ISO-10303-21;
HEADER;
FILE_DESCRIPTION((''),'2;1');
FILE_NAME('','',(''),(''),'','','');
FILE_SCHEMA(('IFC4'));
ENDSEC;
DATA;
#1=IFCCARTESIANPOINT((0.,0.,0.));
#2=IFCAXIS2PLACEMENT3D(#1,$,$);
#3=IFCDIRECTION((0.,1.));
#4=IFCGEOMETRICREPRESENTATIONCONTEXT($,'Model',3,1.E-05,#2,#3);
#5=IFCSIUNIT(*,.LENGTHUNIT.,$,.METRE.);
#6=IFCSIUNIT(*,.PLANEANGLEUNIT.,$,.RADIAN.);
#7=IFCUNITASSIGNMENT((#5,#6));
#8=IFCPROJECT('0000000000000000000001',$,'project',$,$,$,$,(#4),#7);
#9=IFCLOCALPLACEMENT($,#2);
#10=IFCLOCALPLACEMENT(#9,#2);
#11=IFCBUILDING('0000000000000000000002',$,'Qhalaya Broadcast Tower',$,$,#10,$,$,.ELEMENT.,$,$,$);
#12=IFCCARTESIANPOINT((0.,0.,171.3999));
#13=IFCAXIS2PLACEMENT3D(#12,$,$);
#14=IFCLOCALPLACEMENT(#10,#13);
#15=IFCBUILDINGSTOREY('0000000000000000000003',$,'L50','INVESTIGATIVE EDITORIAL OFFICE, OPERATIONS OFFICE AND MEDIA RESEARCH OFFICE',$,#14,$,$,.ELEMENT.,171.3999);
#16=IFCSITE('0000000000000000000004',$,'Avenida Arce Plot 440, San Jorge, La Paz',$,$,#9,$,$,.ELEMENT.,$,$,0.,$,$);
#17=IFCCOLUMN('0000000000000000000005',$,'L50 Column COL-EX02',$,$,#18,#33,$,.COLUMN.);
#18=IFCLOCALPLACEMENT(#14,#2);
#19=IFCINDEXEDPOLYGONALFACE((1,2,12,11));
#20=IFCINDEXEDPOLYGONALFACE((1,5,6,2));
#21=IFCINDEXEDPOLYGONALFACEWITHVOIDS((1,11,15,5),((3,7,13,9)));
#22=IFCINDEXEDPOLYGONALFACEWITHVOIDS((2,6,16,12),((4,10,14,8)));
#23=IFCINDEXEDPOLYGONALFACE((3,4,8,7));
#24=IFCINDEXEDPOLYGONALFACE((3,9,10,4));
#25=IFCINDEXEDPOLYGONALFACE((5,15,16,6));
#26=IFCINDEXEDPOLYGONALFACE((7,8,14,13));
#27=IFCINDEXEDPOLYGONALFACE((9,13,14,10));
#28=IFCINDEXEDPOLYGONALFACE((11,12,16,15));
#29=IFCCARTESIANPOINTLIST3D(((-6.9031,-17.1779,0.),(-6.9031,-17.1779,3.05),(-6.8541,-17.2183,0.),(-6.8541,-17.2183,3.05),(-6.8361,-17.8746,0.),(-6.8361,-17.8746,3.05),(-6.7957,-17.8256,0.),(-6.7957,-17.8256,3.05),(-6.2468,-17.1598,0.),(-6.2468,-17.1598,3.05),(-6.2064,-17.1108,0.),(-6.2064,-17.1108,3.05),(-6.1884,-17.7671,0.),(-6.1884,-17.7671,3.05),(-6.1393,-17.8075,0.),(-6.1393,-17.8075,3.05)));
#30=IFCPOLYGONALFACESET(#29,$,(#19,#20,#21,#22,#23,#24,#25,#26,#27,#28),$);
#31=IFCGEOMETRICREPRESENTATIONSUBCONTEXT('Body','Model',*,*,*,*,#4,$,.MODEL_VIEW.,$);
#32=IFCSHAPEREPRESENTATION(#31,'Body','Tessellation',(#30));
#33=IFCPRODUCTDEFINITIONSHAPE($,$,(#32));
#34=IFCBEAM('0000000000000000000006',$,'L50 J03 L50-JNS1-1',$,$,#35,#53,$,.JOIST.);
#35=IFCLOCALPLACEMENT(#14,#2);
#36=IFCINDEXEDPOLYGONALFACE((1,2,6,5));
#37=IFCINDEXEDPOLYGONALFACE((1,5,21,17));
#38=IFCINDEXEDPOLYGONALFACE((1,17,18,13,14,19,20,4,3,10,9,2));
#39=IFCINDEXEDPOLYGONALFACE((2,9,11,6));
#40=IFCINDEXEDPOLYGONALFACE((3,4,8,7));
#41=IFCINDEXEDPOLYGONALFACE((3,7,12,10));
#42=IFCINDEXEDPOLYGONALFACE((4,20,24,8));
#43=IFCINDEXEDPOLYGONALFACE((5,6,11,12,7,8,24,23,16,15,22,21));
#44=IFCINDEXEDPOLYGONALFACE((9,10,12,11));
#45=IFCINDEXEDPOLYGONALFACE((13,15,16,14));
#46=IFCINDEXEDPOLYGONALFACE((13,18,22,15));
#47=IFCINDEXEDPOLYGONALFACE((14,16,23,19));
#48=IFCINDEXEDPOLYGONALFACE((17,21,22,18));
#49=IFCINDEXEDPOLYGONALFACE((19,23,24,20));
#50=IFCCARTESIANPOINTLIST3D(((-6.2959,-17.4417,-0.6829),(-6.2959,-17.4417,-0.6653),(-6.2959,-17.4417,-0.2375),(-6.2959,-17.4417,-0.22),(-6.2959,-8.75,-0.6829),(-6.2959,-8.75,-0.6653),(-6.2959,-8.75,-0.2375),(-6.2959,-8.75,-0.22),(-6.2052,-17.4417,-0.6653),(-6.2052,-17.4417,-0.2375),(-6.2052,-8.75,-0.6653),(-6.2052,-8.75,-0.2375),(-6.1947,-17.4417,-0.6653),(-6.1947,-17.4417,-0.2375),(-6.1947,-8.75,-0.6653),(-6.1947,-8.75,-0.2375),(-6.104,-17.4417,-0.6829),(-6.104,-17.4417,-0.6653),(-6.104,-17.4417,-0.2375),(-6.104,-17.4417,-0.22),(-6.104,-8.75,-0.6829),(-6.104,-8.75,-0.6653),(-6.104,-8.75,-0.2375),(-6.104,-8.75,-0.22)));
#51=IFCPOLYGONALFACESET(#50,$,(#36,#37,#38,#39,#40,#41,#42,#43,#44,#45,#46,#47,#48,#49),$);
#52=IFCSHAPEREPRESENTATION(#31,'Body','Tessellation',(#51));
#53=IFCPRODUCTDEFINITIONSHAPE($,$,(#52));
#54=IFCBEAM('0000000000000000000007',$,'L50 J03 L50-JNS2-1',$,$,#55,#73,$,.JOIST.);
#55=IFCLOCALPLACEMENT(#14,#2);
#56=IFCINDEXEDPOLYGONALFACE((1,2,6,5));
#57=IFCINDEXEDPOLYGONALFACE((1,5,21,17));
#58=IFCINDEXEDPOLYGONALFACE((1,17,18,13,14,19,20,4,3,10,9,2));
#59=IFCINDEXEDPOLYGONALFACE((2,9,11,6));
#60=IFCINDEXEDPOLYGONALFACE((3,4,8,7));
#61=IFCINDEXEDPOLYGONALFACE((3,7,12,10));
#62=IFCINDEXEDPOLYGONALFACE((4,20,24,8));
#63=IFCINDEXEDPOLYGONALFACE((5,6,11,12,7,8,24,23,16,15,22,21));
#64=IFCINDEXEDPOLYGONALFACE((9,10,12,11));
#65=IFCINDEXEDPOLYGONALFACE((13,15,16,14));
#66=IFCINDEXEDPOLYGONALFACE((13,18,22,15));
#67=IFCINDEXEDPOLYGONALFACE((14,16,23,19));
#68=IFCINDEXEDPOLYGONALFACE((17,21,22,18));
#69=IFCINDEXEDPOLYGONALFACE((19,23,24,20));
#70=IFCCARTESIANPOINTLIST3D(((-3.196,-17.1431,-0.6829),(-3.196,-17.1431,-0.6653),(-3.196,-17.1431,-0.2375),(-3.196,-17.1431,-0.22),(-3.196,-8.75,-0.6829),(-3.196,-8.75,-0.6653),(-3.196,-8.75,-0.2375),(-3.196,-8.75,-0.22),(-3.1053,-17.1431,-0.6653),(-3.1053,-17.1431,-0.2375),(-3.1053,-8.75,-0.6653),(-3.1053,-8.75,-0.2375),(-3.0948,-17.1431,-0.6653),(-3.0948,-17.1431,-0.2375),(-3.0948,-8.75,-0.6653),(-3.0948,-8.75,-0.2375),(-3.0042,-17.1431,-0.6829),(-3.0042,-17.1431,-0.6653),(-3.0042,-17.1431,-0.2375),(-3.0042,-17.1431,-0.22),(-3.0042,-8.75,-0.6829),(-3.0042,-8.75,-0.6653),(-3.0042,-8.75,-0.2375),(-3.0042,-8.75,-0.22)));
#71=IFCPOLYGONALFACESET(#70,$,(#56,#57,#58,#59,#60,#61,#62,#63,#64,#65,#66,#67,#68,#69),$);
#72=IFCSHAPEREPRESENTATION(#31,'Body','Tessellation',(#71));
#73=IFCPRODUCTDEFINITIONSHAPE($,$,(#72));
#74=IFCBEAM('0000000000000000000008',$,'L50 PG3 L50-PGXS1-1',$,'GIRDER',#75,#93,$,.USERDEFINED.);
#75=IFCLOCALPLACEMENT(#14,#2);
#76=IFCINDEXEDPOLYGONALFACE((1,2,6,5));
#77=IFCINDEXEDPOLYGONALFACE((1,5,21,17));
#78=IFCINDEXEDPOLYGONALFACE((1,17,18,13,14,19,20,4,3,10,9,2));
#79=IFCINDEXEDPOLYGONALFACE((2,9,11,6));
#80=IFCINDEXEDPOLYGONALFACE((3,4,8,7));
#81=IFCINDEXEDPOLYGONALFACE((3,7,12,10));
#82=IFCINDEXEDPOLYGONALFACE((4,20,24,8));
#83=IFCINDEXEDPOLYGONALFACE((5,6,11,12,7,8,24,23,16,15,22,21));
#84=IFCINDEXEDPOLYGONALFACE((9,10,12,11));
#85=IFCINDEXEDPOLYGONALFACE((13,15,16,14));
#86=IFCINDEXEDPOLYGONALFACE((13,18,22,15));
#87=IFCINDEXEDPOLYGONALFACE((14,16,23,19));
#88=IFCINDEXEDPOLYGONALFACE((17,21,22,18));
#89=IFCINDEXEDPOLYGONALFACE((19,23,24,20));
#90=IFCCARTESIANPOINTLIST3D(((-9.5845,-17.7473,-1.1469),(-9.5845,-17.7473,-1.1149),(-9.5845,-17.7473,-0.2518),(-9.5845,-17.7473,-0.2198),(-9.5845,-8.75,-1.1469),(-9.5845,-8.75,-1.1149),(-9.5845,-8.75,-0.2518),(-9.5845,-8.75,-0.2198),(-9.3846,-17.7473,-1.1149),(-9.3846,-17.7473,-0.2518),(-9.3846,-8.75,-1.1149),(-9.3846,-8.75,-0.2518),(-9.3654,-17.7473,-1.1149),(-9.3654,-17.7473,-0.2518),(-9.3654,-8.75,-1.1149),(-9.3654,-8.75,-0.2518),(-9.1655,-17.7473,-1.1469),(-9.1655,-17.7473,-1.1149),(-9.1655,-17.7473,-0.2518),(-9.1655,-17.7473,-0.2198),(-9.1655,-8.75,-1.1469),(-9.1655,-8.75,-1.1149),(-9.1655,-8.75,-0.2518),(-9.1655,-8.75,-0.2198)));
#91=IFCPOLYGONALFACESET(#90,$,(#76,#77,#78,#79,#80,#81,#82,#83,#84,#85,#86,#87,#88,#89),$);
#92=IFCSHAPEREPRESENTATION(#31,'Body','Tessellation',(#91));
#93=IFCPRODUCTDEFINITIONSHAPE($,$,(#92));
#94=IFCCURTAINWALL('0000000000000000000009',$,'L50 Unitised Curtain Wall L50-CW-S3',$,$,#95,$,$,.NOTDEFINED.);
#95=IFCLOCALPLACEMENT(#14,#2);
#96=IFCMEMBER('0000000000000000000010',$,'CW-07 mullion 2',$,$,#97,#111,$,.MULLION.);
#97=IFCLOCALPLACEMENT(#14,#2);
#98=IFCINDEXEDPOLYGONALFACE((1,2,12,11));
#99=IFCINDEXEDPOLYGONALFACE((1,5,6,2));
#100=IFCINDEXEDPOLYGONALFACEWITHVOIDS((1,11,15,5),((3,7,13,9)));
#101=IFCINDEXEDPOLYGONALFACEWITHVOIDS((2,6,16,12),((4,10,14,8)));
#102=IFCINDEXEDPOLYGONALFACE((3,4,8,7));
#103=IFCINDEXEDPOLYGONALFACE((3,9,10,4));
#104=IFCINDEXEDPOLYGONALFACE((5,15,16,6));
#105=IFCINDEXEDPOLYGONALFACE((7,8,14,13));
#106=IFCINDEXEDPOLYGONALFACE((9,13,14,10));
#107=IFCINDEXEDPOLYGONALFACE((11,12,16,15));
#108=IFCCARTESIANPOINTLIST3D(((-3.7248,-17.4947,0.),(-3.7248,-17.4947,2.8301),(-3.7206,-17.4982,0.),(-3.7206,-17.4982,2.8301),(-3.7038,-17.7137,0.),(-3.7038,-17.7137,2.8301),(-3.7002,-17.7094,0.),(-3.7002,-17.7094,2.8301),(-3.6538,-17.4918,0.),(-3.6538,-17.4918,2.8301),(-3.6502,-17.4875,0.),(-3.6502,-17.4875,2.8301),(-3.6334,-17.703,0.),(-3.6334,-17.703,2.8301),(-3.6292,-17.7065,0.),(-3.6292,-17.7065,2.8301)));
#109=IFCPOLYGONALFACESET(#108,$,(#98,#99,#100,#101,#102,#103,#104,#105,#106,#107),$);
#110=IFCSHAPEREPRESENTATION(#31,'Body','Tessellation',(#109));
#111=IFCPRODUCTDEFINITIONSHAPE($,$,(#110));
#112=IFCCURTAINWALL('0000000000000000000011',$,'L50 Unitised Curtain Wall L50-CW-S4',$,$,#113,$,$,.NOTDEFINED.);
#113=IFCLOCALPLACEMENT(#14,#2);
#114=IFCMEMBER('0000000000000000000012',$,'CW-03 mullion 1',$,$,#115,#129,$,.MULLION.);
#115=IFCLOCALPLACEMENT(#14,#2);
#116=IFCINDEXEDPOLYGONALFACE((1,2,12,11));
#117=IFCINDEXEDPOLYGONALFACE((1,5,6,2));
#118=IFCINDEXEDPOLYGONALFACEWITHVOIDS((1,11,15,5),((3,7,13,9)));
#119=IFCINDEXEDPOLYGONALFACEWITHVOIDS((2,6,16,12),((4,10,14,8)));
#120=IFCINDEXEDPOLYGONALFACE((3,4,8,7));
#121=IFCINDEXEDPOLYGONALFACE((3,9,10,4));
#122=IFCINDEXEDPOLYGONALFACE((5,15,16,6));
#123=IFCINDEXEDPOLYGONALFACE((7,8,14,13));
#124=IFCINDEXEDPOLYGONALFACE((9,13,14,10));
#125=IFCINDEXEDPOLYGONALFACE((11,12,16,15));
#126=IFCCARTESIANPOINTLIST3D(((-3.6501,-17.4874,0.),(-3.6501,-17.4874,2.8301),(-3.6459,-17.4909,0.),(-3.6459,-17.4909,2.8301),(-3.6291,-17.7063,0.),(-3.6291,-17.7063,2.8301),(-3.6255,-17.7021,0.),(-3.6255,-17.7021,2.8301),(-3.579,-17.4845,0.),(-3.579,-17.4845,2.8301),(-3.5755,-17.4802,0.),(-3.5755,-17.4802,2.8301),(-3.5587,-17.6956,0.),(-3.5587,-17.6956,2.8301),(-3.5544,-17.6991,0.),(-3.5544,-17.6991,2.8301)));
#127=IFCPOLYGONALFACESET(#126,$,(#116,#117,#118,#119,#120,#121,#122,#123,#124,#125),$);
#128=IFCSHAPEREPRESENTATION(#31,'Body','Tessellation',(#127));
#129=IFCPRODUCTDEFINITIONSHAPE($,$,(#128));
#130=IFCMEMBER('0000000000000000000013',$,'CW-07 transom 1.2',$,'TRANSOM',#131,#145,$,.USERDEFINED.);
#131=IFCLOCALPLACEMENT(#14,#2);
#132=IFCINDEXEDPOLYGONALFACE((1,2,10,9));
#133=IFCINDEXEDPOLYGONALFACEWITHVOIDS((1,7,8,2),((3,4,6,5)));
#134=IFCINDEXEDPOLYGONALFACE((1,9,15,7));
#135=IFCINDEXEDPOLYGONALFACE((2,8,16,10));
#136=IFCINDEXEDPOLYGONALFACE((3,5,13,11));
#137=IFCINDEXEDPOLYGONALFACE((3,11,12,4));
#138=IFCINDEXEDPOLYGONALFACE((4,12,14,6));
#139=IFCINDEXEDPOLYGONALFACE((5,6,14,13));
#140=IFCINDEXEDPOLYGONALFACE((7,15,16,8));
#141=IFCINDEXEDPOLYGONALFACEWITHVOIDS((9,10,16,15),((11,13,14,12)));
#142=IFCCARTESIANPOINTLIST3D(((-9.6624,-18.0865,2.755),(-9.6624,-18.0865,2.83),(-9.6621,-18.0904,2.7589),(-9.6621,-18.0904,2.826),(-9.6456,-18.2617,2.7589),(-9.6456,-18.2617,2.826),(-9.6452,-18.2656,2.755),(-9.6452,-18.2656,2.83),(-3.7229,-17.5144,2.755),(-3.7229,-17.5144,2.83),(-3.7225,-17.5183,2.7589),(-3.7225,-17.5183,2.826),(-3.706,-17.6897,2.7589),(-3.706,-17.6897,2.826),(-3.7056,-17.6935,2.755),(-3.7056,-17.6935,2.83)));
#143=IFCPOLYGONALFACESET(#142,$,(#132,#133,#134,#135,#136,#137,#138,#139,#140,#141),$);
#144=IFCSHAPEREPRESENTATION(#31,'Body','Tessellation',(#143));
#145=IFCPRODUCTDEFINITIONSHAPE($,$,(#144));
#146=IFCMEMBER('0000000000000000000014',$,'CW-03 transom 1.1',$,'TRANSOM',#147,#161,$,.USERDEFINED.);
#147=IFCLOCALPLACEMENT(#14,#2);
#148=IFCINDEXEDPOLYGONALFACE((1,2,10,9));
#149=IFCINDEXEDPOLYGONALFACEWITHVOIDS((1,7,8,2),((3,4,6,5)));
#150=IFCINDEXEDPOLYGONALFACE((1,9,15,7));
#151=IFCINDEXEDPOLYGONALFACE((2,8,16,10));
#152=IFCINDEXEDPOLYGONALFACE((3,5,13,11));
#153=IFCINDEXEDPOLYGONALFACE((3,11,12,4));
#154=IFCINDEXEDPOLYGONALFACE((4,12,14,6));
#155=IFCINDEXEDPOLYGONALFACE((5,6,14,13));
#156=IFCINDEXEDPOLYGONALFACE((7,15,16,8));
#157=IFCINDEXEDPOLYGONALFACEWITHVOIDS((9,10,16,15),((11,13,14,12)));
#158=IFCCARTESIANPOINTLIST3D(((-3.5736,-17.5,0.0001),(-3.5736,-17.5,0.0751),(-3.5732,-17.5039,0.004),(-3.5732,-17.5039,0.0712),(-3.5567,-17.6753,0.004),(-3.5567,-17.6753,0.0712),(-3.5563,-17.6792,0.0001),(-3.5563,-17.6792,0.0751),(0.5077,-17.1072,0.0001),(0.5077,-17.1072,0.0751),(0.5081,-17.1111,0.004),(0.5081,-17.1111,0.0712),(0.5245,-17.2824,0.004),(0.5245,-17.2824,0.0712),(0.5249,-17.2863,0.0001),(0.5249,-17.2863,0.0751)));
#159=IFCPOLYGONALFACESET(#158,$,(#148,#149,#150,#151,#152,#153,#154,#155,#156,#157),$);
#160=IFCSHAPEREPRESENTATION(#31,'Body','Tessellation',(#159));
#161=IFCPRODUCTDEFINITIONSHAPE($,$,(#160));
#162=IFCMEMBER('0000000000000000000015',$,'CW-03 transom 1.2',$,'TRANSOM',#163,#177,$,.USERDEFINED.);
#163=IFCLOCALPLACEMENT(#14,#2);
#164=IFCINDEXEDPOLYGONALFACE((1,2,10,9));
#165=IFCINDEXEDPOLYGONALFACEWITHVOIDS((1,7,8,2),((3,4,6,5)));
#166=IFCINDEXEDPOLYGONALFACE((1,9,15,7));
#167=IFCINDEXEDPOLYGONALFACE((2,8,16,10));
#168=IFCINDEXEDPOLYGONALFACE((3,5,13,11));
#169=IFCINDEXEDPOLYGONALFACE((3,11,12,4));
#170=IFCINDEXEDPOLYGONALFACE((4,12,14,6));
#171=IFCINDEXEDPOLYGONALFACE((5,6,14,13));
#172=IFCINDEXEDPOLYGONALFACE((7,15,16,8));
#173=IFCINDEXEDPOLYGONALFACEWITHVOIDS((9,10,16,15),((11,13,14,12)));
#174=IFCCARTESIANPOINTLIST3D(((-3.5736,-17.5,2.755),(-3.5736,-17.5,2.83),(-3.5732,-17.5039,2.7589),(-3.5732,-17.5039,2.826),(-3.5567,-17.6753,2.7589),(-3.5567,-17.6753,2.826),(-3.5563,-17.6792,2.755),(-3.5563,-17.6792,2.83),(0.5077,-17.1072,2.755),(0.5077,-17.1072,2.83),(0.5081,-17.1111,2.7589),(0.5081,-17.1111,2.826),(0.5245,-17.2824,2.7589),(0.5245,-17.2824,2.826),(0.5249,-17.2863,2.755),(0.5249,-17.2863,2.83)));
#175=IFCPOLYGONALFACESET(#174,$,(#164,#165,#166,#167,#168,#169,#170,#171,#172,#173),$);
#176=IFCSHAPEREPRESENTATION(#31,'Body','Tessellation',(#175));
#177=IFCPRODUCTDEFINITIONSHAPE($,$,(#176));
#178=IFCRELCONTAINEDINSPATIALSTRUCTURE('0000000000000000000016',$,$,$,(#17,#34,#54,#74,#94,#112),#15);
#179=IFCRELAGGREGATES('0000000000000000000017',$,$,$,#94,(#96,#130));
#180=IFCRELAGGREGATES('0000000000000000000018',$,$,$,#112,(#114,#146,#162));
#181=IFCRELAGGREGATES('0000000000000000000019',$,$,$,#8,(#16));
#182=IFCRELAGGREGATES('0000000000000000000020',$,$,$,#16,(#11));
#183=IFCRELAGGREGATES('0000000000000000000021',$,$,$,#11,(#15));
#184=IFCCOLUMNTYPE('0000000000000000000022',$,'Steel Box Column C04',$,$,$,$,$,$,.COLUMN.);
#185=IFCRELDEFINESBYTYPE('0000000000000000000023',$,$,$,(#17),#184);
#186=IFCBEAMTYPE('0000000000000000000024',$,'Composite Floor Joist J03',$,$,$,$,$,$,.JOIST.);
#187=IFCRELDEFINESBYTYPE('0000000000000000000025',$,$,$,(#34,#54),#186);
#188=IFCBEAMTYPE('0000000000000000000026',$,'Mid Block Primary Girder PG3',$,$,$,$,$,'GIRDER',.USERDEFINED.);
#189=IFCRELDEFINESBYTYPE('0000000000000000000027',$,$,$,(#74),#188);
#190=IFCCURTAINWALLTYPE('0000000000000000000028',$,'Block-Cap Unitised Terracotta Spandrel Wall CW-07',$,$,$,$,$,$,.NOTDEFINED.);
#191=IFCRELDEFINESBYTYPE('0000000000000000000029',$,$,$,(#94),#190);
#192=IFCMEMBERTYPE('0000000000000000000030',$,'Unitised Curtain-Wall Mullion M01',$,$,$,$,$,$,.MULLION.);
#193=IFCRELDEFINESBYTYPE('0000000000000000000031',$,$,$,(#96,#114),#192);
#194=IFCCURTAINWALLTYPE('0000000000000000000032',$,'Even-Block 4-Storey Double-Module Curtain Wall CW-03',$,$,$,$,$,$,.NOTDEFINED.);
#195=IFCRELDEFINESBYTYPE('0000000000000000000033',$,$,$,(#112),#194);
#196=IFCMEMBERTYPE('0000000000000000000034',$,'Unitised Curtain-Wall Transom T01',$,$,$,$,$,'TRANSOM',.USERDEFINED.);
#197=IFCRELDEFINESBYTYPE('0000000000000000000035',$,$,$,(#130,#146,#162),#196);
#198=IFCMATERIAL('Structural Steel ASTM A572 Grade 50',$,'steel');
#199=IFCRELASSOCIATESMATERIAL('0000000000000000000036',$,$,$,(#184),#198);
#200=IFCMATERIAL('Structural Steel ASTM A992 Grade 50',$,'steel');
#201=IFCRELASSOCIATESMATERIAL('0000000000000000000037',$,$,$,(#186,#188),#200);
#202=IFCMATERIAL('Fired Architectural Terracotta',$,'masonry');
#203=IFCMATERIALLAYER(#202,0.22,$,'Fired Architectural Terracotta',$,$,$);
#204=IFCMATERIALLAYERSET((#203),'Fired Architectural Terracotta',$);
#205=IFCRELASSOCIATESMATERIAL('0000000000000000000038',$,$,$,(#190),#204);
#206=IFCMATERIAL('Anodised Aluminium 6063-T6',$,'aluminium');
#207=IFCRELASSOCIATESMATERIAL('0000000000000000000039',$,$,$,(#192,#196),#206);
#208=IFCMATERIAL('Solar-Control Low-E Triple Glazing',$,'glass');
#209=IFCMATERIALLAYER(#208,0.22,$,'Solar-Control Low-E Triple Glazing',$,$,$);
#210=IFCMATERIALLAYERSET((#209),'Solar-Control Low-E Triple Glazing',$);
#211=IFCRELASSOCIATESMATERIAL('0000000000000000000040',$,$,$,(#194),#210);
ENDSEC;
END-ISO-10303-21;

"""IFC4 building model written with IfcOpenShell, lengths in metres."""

from ifc_helpers import new_model, si_unit, direction, frame, origin, origin_2d, place, context, subcontext, project, spatial, hollow_rectangle, i_section, extrude, material, layer, layer_set, material_profile, profile_set, type_object, element, aggregate, save


model = new_model("IFC4")

# Units and contexts
model_context = context("Model", 3, precision=1e-05, world=origin(), true_north=direction((0.0, 1.0)))
body_context = subcontext(model_context, "Body", "Model", "MODEL_VIEW")
ifc_project = project(units=[si_unit("LENGTHUNIT", "METRE"), si_unit("PLANEANGLEUNIT", "RADIAN")], contexts=[model_context])

# Site, building, storey
site_placement = place(None, origin())
site = spatial("IfcSite", under=ifc_project, at=site_placement, Name="Avenida Arce Plot 440, San Jorge, La Paz", CompositionType="ELEMENT", RefElevation=0.0)
building_placement = place(site_placement, origin())
building = spatial("IfcBuilding", under=site, at=building_placement, Name="Qhalaya Broadcast Tower", CompositionType="ELEMENT")
storey_placement = place(building_placement, frame((0.0, 0.0, 171.3999)))
storey = spatial("IfcBuildingStorey", under=building, at=storey_placement, Name="L50", Description="INVESTIGATIVE EDITORIAL OFFICE, OPERATIONS OFFICE AND MEDIA RESEARCH OFFICE", CompositionType="ELEMENT", Elevation=171.3999)

# Column
ifc_material_1 = material(Name="Structural Steel ASTM A572 Grade 50", Category="steel")
ifc_material_profile_1 = material_profile(ifc_material_1, hollow_rectangle(XDim=0.7, YDim=0.7, WallThickness=0.0449, at=origin_2d()), Name="BOX 700x700x45")
ifc_profile_set_1 = profile_set([ifc_material_profile_1], Name="Structural Steel ASTM A572 Grade 50")
column_type = type_object("IfcColumnType", Name="Steel Box Column C04", PredefinedType="COLUMN", material=ifc_profile_set_1)
column_placement = place(storey_placement, frame((-6.5212, -17.4927, 0.0), z_axis=(0.0, 0.0, 1.0), x_axis=(0.995396, 0.095846, 0.0)))
element("IfcColumn", 1, at=column_placement, inside=storey, type_object=column_type, Name="L50 Column COL-EX02", PredefinedType="COLUMN", context=body_context, shape_type="SweptSolid", body=[
    extrude(hollow_rectangle(XDim=0.7, YDim=0.7, WallThickness=0.0449, at=origin_2d()), origin(), (0.0, 0.0, 1.0), 3.05),
])

# Beams
ifc_material_2 = material(Name="Structural Steel ASTM A992 Grade 50", Category="steel")
ifc_material_profile_2 = material_profile(ifc_material_2, i_section(OverallWidth=0.1919, OverallDepth=0.4629, WebThickness=0.0105, FlangeThickness=0.0176, at=origin_2d()), Name="W18X60")
ifc_profile_set_2 = profile_set([ifc_material_profile_2], Name="Structural Steel ASTM A992 Grade 50")
beam_type_1 = type_object("IfcBeamType", Name="Composite Floor Joist J03", PredefinedType="JOIST", material=ifc_profile_set_2)
beam_1_placement = place(storey_placement, frame((-6.2, -17.4417, -0.4514), z_axis=(0.0, 1.0, 0.0), x_axis=(-1.0, 0.0, 0.0)))
element("IfcBeam", 2, at=beam_1_placement, inside=storey, type_object=beam_type_1, Name="L50 J03 L50-JNS1-1", PredefinedType="JOIST", context=body_context, shape_type="SweptSolid", body=[
    extrude(i_section(OverallWidth=0.1919, OverallDepth=0.4629, WebThickness=0.0105, FlangeThickness=0.0176, at=origin_2d()), origin(), (0.0, 0.0, 1.0), 8.6917),
])
beam_2_placement = place(storey_placement, frame((-3.1001, -17.1431, -0.4514), z_axis=(0.0, 1.0, 0.0), x_axis=(-1.0, 0.0, 0.0)))
element("IfcBeam", 3, at=beam_2_placement, inside=storey, type_object=beam_type_1, Name="L50 J03 L50-JNS2-1", PredefinedType="JOIST", context=body_context, shape_type="SweptSolid", body=[
    extrude(i_section(OverallWidth=0.1919, OverallDepth=0.4629, WebThickness=0.0105, FlangeThickness=0.0176, at=origin_2d()), origin(), (0.0, 0.0, 1.0), 8.3931),
])
ifc_material_profile_3 = material_profile(ifc_material_2, i_section(OverallWidth=0.4189, OverallDepth=0.927, WebThickness=0.0193, FlangeThickness=0.032, at=origin_2d()), Name="W36X231")
ifc_profile_set_3 = profile_set([ifc_material_profile_3], Name="Structural Steel ASTM A992 Grade 50")
beam_type_2 = type_object("IfcBeamType", Name="Mid Block Primary Girder PG3", ElementType="GIRDER", PredefinedType="USERDEFINED", material=ifc_profile_set_3)
beam_3_placement = place(storey_placement, frame((-9.375, -17.7473, -0.6833), z_axis=(0.0, 1.0, 0.0), x_axis=(-1.0, 0.0, 0.0)))
element("IfcBeam", 4, at=beam_3_placement, inside=storey, type_object=beam_type_2, Name="L50 PG3 L50-PGXS1-1", ObjectType="GIRDER", PredefinedType="USERDEFINED", context=body_context, shape_type="SweptSolid", body=[
    extrude(i_section(OverallWidth=0.4189, OverallDepth=0.927, WebThickness=0.0193, FlangeThickness=0.032, at=origin_2d()), origin(), (0.0, 0.0, 1.0), 8.9973),
])

# Curtain walls, members
ifc_material_3 = material(Name="Fired Architectural Terracotta", Category="masonry")
ifc_layer_1 = layer(ifc_material_3, 0.22, Name="Fired Architectural Terracotta")
ifc_layer_set_1 = layer_set([ifc_layer_1], Name="Fired Architectural Terracotta")
curtain_wall_type_1 = type_object("IfcCurtainWallType", Name="Block-Cap Unitised Terracotta Spandrel Wall CW-07", PredefinedType="NOTDEFINED", material=ifc_layer_set_1)
curtain_wall_1_placement = place(storey_placement, origin())
curtain_wall_1 = element("IfcCurtainWall", 5, at=curtain_wall_1_placement, inside=storey, type_object=curtain_wall_type_1, Name="L50 Unitised Curtain Wall L50-CW-S3", PredefinedType="NOTDEFINED")
ifc_material_4 = material(Name="Anodised Aluminium 6063-T6", Category="aluminium")
ifc_material_profile_4 = material_profile(ifc_material_4, hollow_rectangle(XDim=0.075, YDim=0.22, WallThickness=0.0039, at=origin_2d()), Name="ALU-MUL 75x220x4")
ifc_profile_set_4 = profile_set([ifc_material_profile_4], Name="Anodised Aluminium 6063-T6")
member_type_1 = type_object("IfcMemberType", Name="Unitised Curtain-Wall Mullion M01", PredefinedType="MULLION", material=ifc_profile_set_4)
member_1_placement = place(storey_placement, frame((-3.677, -17.6006, 0.0), z_axis=(0.0, 0.0, 1.0), x_axis=(0.995396, 0.095848, 0.0)))
member_1 = element("IfcMember", 6, at=member_1_placement, type_object=member_type_1, Name="CW-07 mullion 2", PredefinedType="MULLION", context=body_context, shape_type="SweptSolid", body=[
    extrude(hollow_rectangle(XDim=0.075, YDim=0.22, WallThickness=0.0039, at=origin_2d()), origin(), (0.0, 0.0, 1.0), 2.8301),
])
ifc_material_5 = material(Name="Solar-Control Low-E Triple Glazing", Category="glass")
ifc_layer_2 = layer(ifc_material_5, 0.22, Name="Solar-Control Low-E Triple Glazing")
ifc_layer_set_2 = layer_set([ifc_layer_2], Name="Solar-Control Low-E Triple Glazing")
curtain_wall_type_2 = type_object("IfcCurtainWallType", Name="Even-Block 4-Storey Double-Module Curtain Wall CW-03", PredefinedType="NOTDEFINED", material=ifc_layer_set_2)
curtain_wall_2_placement = place(storey_placement, origin())
curtain_wall_2 = element("IfcCurtainWall", 7, at=curtain_wall_2_placement, inside=storey, type_object=curtain_wall_type_2, Name="L50 Unitised Curtain Wall L50-CW-S4", PredefinedType="NOTDEFINED")
member_2_placement = place(storey_placement, frame((-3.6023, -17.5933, 0.0), z_axis=(0.0, 0.0, 1.0), x_axis=(0.995395, 0.095857, 0.0)))
member_2 = element("IfcMember", 8, at=member_2_placement, type_object=member_type_1, Name="CW-03 mullion 1", PredefinedType="MULLION", context=body_context, shape_type="SweptSolid", body=[
    extrude(hollow_rectangle(XDim=0.075, YDim=0.22, WallThickness=0.0039, at=origin_2d()), origin(), (0.0, 0.0, 1.0), 2.8301),
])

# Members
ifc_material_profile_5 = material_profile(ifc_material_4, hollow_rectangle(XDim=0.075, YDim=0.1799, WallThickness=0.0039, at=origin_2d()), Name="ALU-TRN 75x180x4")
ifc_profile_set_5 = profile_set([ifc_material_profile_5], Name="Anodised Aluminium 6063-T6")
member_type_2 = type_object("IfcMemberType", Name="Unitised Curtain-Wall Transom T01", ElementType="TRANSOM", PredefinedType="USERDEFINED", material=ifc_profile_set_5)
member_3_placement = place(storey_placement, frame((-9.6538, -18.176, 2.7925), z_axis=(0.995394, 0.095865, 0.0), x_axis=(0.0, 0.0, 1.0)))
member_3 = element("IfcMember", 9, at=member_3_placement, type_object=member_type_2, Name="CW-07 transom 1.2", ObjectType="TRANSOM", PredefinedType="USERDEFINED", context=body_context, shape_type="SweptSolid", body=[
    extrude(hollow_rectangle(XDim=0.075, YDim=0.1799, WallThickness=0.0039, at=origin_2d()), origin(), (0.0, 0.0, 1.0), 5.967),
])
member_4_placement = place(storey_placement, frame((-3.5649, -17.5896, 0.0376), z_axis=(0.9954, 0.095807, 0.0), x_axis=(0.0, 0.0, 1.0)))
member_4 = element("IfcMember", 10, at=member_4_placement, type_object=member_type_2, Name="CW-03 transom 1.1", ObjectType="TRANSOM", PredefinedType="USERDEFINED", context=body_context, shape_type="SweptSolid", body=[
    extrude(hollow_rectangle(XDim=0.075, YDim=0.1799, WallThickness=0.0039, at=origin_2d()), origin(), (0.0, 0.0, 1.0), 4.1001),
])
member_5_placement = place(storey_placement, frame((-3.5649, -17.5896, 2.7925), z_axis=(0.9954, 0.095807, 0.0), x_axis=(0.0, 0.0, 1.0)))
member_5 = element("IfcMember", 11, at=member_5_placement, type_object=member_type_2, Name="CW-03 transom 1.2", ObjectType="TRANSOM", PredefinedType="USERDEFINED", context=body_context, shape_type="SweptSolid", body=[
    extrude(hollow_rectangle(XDim=0.075, YDim=0.1799, WallThickness=0.0039, at=origin_2d()), origin(), (0.0, 0.0, 1.0), 4.1001),
])

aggregate(curtain_wall_1, [member_1, member_3])
aggregate(curtain_wall_2, [member_2, member_4, member_5])

save(model, "model.ifc")
